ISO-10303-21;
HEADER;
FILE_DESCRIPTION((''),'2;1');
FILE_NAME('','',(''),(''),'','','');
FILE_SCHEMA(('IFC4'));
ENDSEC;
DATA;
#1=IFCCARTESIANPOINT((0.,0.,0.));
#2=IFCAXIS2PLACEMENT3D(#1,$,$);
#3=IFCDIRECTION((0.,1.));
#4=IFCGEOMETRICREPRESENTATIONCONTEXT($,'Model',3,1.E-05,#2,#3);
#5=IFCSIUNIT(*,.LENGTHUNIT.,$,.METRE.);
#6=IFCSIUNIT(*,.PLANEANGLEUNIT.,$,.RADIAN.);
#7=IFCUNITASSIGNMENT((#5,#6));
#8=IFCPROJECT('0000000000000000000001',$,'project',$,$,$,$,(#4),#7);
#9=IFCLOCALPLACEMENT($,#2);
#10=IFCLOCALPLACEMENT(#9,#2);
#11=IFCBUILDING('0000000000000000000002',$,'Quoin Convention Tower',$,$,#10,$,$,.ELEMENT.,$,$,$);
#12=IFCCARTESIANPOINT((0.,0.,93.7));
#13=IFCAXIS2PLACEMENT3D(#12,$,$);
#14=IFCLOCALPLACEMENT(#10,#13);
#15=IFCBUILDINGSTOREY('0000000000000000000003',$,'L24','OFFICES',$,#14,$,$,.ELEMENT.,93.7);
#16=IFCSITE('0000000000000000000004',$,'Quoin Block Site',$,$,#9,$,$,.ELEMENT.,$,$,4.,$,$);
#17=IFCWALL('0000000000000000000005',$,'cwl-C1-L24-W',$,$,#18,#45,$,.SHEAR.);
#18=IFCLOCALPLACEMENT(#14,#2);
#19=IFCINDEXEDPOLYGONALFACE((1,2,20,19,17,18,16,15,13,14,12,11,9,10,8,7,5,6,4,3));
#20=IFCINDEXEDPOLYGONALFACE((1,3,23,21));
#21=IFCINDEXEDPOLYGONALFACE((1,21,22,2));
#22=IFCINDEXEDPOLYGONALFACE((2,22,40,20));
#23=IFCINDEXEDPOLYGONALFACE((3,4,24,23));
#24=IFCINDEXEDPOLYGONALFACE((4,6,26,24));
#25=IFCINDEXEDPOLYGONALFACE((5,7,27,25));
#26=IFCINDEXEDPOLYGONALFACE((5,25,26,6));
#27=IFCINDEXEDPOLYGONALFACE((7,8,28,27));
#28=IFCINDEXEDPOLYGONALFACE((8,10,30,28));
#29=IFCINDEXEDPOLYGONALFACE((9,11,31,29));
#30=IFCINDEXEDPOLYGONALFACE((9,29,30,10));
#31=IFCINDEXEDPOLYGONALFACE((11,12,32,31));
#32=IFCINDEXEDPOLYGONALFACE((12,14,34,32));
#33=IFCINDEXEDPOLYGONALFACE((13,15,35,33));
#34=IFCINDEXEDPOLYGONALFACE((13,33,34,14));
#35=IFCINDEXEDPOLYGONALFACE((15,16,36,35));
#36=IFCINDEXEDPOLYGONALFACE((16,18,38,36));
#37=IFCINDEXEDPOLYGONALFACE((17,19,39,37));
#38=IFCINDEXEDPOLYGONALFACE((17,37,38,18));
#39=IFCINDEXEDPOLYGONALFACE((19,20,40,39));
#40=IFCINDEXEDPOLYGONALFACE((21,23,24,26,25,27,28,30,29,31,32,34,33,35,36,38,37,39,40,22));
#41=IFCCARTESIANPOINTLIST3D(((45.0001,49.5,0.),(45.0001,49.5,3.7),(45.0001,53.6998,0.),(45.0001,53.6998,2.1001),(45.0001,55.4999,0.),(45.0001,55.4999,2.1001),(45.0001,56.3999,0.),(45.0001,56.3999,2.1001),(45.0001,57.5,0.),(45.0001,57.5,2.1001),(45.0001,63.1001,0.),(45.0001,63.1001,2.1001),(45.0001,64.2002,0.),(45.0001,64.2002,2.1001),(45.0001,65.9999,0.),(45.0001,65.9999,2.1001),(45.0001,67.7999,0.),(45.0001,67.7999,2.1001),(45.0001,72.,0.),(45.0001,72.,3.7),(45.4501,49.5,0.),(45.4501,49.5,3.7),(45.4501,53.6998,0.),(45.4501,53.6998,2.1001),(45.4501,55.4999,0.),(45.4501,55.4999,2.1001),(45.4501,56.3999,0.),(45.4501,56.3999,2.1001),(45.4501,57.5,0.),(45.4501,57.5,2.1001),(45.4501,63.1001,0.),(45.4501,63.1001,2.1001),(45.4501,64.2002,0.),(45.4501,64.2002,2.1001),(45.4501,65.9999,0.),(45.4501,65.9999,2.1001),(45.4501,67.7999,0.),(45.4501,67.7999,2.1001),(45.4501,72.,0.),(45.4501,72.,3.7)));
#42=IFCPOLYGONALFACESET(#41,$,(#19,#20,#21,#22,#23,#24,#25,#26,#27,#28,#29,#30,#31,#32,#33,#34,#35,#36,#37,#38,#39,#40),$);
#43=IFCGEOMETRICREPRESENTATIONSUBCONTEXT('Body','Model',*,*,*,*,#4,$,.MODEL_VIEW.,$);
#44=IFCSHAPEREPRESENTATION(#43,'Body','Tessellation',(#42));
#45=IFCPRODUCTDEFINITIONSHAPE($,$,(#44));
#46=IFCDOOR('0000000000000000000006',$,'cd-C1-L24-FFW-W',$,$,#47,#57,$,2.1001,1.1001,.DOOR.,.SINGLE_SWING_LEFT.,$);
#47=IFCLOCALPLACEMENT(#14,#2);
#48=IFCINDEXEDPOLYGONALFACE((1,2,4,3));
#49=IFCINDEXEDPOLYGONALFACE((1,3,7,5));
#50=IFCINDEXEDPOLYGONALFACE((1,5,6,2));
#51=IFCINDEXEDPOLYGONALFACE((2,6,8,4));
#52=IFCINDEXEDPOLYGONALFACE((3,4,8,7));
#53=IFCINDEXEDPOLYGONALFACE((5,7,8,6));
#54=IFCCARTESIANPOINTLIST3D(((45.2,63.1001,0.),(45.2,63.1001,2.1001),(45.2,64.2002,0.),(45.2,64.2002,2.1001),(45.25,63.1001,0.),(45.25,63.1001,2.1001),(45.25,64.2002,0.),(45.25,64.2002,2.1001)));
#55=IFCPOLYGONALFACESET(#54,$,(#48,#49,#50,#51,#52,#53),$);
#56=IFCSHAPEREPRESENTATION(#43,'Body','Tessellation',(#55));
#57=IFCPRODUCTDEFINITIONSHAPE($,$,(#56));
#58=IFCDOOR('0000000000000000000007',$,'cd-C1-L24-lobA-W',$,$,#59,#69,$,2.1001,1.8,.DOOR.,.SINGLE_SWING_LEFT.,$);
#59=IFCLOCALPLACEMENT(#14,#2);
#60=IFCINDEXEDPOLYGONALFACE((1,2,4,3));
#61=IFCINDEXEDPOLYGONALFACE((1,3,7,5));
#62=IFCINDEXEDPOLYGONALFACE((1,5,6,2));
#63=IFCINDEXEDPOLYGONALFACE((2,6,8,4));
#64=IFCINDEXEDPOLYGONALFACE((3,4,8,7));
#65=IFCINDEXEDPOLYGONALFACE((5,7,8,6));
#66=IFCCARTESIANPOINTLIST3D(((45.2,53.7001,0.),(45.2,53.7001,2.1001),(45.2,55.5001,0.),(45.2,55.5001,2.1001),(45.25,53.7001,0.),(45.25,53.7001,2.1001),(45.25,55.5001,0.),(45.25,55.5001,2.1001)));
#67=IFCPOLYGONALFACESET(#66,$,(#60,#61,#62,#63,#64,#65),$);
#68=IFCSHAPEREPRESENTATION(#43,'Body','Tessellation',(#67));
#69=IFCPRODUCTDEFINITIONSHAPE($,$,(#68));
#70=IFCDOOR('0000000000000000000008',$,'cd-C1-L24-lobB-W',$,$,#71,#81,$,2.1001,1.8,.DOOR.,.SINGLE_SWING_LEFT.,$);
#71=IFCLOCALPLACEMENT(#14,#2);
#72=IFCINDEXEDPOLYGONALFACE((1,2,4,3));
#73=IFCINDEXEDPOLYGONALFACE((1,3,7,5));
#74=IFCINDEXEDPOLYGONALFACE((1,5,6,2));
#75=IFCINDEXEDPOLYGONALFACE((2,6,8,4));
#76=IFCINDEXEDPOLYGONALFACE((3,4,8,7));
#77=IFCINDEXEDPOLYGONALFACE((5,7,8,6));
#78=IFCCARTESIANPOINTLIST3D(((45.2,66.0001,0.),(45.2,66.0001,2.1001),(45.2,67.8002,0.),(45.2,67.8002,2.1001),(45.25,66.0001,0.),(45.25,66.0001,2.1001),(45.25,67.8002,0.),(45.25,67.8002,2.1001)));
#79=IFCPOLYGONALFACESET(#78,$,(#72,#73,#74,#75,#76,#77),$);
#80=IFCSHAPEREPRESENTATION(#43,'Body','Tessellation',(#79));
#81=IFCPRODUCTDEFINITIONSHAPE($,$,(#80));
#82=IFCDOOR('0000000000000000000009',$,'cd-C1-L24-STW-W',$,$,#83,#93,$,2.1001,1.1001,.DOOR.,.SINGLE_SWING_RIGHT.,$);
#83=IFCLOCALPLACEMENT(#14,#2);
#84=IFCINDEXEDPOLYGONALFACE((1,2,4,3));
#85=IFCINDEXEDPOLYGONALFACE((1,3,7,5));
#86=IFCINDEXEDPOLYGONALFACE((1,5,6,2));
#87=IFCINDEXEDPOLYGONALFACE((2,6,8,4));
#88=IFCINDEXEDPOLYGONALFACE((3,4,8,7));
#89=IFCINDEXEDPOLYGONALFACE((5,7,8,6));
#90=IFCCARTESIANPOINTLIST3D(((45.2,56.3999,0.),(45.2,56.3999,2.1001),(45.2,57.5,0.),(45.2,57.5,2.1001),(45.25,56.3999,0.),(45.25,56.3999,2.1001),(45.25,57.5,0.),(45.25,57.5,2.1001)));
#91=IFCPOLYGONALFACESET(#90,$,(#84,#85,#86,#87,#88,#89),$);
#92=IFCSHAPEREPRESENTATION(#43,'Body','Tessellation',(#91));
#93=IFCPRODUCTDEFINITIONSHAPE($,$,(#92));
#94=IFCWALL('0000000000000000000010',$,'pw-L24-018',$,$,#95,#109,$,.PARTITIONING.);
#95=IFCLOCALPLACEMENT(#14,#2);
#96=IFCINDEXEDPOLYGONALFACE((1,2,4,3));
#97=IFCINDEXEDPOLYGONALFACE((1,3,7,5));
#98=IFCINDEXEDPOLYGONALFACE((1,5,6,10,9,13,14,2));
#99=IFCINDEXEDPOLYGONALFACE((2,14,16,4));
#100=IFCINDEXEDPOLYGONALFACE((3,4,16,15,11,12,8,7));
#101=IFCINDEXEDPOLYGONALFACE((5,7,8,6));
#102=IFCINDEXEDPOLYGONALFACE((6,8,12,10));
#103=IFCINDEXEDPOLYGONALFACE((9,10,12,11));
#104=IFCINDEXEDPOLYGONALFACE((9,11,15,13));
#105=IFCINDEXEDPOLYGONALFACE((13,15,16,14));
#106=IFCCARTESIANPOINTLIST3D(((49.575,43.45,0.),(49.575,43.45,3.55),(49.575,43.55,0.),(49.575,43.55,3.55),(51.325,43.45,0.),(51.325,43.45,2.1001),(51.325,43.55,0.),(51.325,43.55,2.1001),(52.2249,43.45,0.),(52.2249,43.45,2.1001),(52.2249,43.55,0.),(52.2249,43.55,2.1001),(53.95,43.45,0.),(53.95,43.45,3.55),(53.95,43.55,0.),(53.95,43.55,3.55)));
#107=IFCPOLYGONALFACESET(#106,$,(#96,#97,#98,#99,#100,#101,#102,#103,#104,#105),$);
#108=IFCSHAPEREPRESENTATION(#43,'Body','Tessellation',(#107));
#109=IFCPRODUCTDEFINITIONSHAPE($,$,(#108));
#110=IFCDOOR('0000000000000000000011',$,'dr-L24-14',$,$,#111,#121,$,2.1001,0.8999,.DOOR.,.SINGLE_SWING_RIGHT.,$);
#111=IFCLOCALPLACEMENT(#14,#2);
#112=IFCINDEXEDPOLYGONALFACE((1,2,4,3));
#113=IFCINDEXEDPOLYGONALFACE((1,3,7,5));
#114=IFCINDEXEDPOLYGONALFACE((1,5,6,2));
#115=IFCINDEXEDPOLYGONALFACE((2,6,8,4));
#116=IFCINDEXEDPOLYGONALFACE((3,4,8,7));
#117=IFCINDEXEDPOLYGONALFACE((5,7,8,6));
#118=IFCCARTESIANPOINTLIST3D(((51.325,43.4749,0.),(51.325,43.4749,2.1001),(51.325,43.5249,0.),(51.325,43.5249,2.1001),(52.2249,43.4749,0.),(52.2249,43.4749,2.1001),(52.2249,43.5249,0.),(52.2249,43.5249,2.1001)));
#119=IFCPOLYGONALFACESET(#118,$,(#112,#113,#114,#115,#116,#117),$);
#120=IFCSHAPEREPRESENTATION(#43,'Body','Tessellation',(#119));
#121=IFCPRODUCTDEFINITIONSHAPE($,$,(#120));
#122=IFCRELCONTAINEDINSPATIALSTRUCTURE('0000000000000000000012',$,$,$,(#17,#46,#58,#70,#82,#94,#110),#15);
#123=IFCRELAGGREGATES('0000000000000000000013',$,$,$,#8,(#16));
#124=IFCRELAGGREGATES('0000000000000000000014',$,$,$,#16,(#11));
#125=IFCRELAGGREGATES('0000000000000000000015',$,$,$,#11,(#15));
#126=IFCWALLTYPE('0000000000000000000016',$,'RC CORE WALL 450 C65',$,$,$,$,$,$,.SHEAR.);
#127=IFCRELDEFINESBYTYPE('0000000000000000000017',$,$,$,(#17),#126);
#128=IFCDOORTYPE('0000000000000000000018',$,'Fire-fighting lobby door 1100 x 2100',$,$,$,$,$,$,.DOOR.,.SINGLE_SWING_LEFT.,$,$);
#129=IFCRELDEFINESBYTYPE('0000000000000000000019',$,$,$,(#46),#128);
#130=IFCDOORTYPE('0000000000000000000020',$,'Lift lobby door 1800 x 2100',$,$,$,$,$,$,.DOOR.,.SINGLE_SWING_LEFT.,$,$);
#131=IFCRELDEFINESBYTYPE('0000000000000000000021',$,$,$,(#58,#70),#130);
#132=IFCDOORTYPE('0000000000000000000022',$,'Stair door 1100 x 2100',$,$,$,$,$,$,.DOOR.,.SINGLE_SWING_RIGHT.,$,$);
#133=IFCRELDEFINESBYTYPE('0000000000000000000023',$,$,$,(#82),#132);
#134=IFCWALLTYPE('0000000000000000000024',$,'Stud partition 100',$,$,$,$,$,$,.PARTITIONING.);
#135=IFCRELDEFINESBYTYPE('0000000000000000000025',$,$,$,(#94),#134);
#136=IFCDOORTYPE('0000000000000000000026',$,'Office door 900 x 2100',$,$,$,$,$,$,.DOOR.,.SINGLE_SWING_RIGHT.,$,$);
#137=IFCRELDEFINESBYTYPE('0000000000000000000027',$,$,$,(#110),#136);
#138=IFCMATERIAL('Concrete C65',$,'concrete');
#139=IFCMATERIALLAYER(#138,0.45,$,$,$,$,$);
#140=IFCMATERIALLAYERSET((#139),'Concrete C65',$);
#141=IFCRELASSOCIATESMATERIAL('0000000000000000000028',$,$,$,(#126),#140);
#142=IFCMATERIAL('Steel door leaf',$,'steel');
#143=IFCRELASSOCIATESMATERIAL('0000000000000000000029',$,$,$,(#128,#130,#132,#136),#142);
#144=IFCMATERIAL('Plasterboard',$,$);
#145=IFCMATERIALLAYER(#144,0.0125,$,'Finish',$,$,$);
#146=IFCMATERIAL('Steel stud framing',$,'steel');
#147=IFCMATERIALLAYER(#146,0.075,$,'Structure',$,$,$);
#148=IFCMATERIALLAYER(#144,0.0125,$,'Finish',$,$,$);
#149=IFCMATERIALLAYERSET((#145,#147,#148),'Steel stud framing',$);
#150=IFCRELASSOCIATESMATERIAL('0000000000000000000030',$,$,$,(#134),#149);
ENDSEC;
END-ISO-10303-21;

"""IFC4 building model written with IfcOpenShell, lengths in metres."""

from ifc_helpers import new_model, si_unit, direction, frame, frame_2d, origin, place, context, subcontext, project, spatial, rectangle, extrude, material, layer, layer_set, type_object, element, fill, save


model = new_model("IFC4")

# Units and contexts
model_context = context("Model", 3, precision=1e-05, world=origin(), true_north=direction((0.0, 1.0)))
body_context = subcontext(model_context, "Body", "Model", "MODEL_VIEW")
ifc_project = project(units=[si_unit("LENGTHUNIT", "METRE"), si_unit("PLANEANGLEUNIT", "RADIAN")], contexts=[model_context])

# Site, building, storey
site_placement = place(None, origin())
site = spatial("IfcSite", under=ifc_project, at=site_placement, Name="Quoin Block Site", CompositionType="ELEMENT", RefElevation=4.0)
building_placement = place(site_placement, origin())
building = spatial("IfcBuilding", under=site, at=building_placement, Name="Quoin Convention Tower", CompositionType="ELEMENT")
storey_placement = place(building_placement, frame((0.0, 0.0, 93.7)))
storey = spatial("IfcBuildingStorey", under=building, at=storey_placement, Name="L24", Description="OFFICES", CompositionType="ELEMENT", Elevation=93.7)

# Shared definitions
ifc_material_1 = material(Name="Concrete C65", Category="concrete")

# Shared definitions
ifc_material_2 = material(Name="Plasterboard")
ifc_material_3 = material(Name="Steel stud framing", Category="steel")

# Shared definitions
ifc_material_4 = material(Name="Steel door leaf", Category="steel")

# Shared definitions
ifc_layer_1 = layer(ifc_material_1, 0.45)
ifc_layer_set_1 = layer_set([ifc_layer_1], Name="Concrete C65")
wall_type_1 = type_object("IfcWallType", Name="RC CORE WALL 450 C65", PredefinedType="SHEAR", material=ifc_layer_set_1)

# Wall, openings, doors
wall_1_placement = place(storey_placement, frame((45.2251, 49.5, 0.0), z_axis=(0.0, 0.0, 1.0), x_axis=(0.0, 1.0, 0.0)))
wall_1 = element("IfcWall", 1, at=wall_1_placement, inside=storey, type_object=wall_type_1, Name="cwl-C1-L24-W", PredefinedType="SHEAR", context=body_context, shape_type="SweptSolid", body=[
    extrude(rectangle(XDim=22.5, YDim=0.45, at=frame_2d((11.25, 0.0))), origin(), (0.0, 0.0, 1.0), 3.7),
])
opening_1_placement = place(wall_1_placement, frame((4.2, 0.0, 0.0)))
opening_1 = element("IfcOpeningElement", 2, at=opening_1_placement, cuts=wall_1, PredefinedType="OPENING", context=body_context, shape_type="SweptSolid", body=[
    extrude(rectangle(XDim=1.8, YDim=2.1001, at=frame_2d((0.8999, 1.05))), frame((0.0, 0.2349, 0.0), z_axis=(0.0, -1.0, 0.0), x_axis=(1.0, 0.0, 0.0)), (0.0, 0.0, 1.0), 0.47),
])
opening_2_placement = place(wall_1_placement, frame((6.8999, 0.0, 0.0)))
opening_2 = element("IfcOpeningElement", 3, at=opening_2_placement, cuts=wall_1, PredefinedType="OPENING", context=body_context, shape_type="SweptSolid", body=[
    extrude(rectangle(XDim=1.1001, YDim=2.1001, at=frame_2d((0.55, 1.05))), frame((0.0, 0.2349, 0.0), z_axis=(0.0, -1.0, 0.0), x_axis=(1.0, 0.0, 0.0)), (0.0, 0.0, 1.0), 0.47),
])
opening_3_placement = place(wall_1_placement, frame((13.6001, 0.0, 0.0)))
opening_3 = element("IfcOpeningElement", 4, at=opening_3_placement, cuts=wall_1, PredefinedType="OPENING", context=body_context, shape_type="SweptSolid", body=[
    extrude(rectangle(XDim=1.1001, YDim=2.1001, at=frame_2d((0.55, 1.05))), frame((0.0, 0.2349, 0.0), z_axis=(0.0, -1.0, 0.0), x_axis=(1.0, 0.0, 0.0)), (0.0, 0.0, 1.0), 0.47),
])
opening_4_placement = place(wall_1_placement, frame((16.5, 0.0, 0.0)))
opening_4 = element("IfcOpeningElement", 5, at=opening_4_placement, cuts=wall_1, PredefinedType="OPENING", context=body_context, shape_type="SweptSolid", body=[
    extrude(rectangle(XDim=1.8, YDim=2.1001, at=frame_2d((0.8999, 1.05))), frame((0.0, 0.2349, 0.0), z_axis=(0.0, -1.0, 0.0), x_axis=(1.0, 0.0, 0.0)), (0.0, 0.0, 1.0), 0.47),
])
door_type_1 = type_object("IfcDoorType", Name="Fire-fighting lobby door 1100 x 2100", OperationType="SINGLE_SWING_LEFT", PredefinedType="DOOR", material=ifc_material_4)
door_1_placement = place(opening_3_placement, frame((1.1001, 0.0, 0.0), z_axis=(0.0, 0.0, 1.0), x_axis=(-1.0, 0.0, 0.0)))
door_1 = element("IfcDoor", 6, at=door_1_placement, inside=storey, type_object=door_type_1, Name="cd-C1-L24-FFW-W", OperationType="SINGLE_SWING_LEFT", OverallHeight=2.1001, OverallWidth=1.1001, PredefinedType="DOOR", context=body_context, shape_type="SweptSolid", body=[
    extrude(rectangle(XDim=1.1001, YDim=2.1001, at=frame_2d((0.55, 1.05))), frame((0.0, 0.0249, 0.0), z_axis=(0.0, -1.0, 0.0), x_axis=(1.0, 0.0, 0.0)), (0.0, 0.0, 1.0), 0.05),
])
fill(opening_3, door_1)
door_type_2 = type_object("IfcDoorType", Name="Lift lobby door 1800 x 2100", OperationType="SINGLE_SWING_LEFT", PredefinedType="DOOR", material=ifc_material_4)
door_2_placement = place(opening_1_placement, frame((1.8, 0.0, 0.0), z_axis=(0.0, 0.0, 1.0), x_axis=(-1.0, 0.0, 0.0)))
door_2 = element("IfcDoor", 7, at=door_2_placement, inside=storey, type_object=door_type_2, Name="cd-C1-L24-lobA-W", OperationType="SINGLE_SWING_LEFT", OverallHeight=2.1001, OverallWidth=1.8, PredefinedType="DOOR", context=body_context, shape_type="SweptSolid", body=[
    extrude(rectangle(XDim=1.8, YDim=2.1001, at=frame_2d((0.8999, 1.05))), frame((0.0, 0.0249, 0.0), z_axis=(0.0, -1.0, 0.0), x_axis=(1.0, 0.0, 0.0)), (0.0, 0.0, 1.0), 0.05),
])
fill(opening_1, door_2)
door_3_placement = place(opening_4_placement, frame((1.8, 0.0, 0.0), z_axis=(0.0, 0.0, 1.0), x_axis=(-1.0, 0.0, 0.0)))
door_3 = element("IfcDoor", 8, at=door_3_placement, inside=storey, type_object=door_type_2, Name="cd-C1-L24-lobB-W", OperationType="SINGLE_SWING_LEFT", OverallHeight=2.1001, OverallWidth=1.8, PredefinedType="DOOR", context=body_context, shape_type="SweptSolid", body=[
    extrude(rectangle(XDim=1.8, YDim=2.1001, at=frame_2d((0.8999, 1.05))), frame((0.0, 0.0249, 0.0), z_axis=(0.0, -1.0, 0.0), x_axis=(1.0, 0.0, 0.0)), (0.0, 0.0, 1.0), 0.05),
])
fill(opening_4, door_3)
door_type_3 = type_object("IfcDoorType", Name="Stair door 1100 x 2100", OperationType="SINGLE_SWING_RIGHT", PredefinedType="DOOR", material=ifc_material_4)
door_4_placement = place(opening_2_placement, frame((1.1001, 0.0, 0.0), z_axis=(0.0, 0.0, 1.0), x_axis=(-1.0, 0.0, 0.0)))
door_4 = element("IfcDoor", 9, at=door_4_placement, inside=storey, type_object=door_type_3, Name="cd-C1-L24-STW-W", OperationType="SINGLE_SWING_RIGHT", OverallHeight=2.1001, OverallWidth=1.1001, PredefinedType="DOOR", context=body_context, shape_type="SweptSolid", body=[
    extrude(rectangle(XDim=1.1001, YDim=2.1001, at=frame_2d((0.55, 1.05))), frame((0.0, 0.0249, 0.0), z_axis=(0.0, -1.0, 0.0), x_axis=(1.0, 0.0, 0.0)), (0.0, 0.0, 1.0), 0.05),
])
fill(opening_2, door_4)

# Wall, opening, door
ifc_layer_2 = layer(ifc_material_2, 0.0125, Name="Finish")
ifc_layer_3 = layer(ifc_material_3, 0.075, Name="Structure")
ifc_layer_4 = layer(ifc_material_2, 0.0125, Name="Finish")
ifc_layer_set_2 = layer_set([ifc_layer_2, ifc_layer_3, ifc_layer_4], Name="Steel stud framing")
wall_type_2 = type_object("IfcWallType", Name="Stud partition 100", PredefinedType="PARTITIONING", material=ifc_layer_set_2)
wall_2_placement = place(storey_placement, frame((49.575, 43.5, 0.0), z_axis=(0.0, 0.0, 1.0), x_axis=(1.0, 0.0, 0.0)))
wall_2 = element("IfcWall", 10, at=wall_2_placement, inside=storey, type_object=wall_type_2, Name="pw-L24-018", PredefinedType="PARTITIONING", context=body_context, shape_type="SweptSolid", body=[
    extrude(rectangle(XDim=4.375, YDim=0.1001, at=frame_2d((2.1875, 0.0))), origin(), (0.0, 0.0, 1.0), 3.55),
])
opening_5_placement = place(wall_2_placement, frame((1.75, 0.0, 0.0)))
opening_5 = element("IfcOpeningElement", 11, at=opening_5_placement, cuts=wall_2, PredefinedType="OPENING", context=body_context, shape_type="SweptSolid", body=[
    extrude(rectangle(XDim=0.8999, YDim=2.1001, at=frame_2d((0.45, 1.05))), frame((0.0, 0.0601, 0.0), z_axis=(0.0, -1.0, 0.0), x_axis=(1.0, 0.0, 0.0)), (0.0, 0.0, 1.0), 0.1201),
])
door_type_4 = type_object("IfcDoorType", Name="Office door 900 x 2100", OperationType="SINGLE_SWING_RIGHT", PredefinedType="DOOR", material=ifc_material_4)
door_5_placement = place(opening_5_placement, origin())
door_5 = element("IfcDoor", 12, at=door_5_placement, inside=storey, type_object=door_type_4, Name="dr-L24-14", OperationType="SINGLE_SWING_RIGHT", OverallHeight=2.1001, OverallWidth=0.8999, PredefinedType="DOOR", context=body_context, shape_type="SweptSolid", body=[
    extrude(rectangle(XDim=0.8999, YDim=2.1001, at=frame_2d((0.45, 1.05))), frame((0.0, 0.0249, 0.0), z_axis=(0.0, -1.0, 0.0), x_axis=(1.0, 0.0, 0.0)), (0.0, 0.0, 1.0), 0.05),
])
fill(opening_5, door_5)

save(model, "model.ifc")
